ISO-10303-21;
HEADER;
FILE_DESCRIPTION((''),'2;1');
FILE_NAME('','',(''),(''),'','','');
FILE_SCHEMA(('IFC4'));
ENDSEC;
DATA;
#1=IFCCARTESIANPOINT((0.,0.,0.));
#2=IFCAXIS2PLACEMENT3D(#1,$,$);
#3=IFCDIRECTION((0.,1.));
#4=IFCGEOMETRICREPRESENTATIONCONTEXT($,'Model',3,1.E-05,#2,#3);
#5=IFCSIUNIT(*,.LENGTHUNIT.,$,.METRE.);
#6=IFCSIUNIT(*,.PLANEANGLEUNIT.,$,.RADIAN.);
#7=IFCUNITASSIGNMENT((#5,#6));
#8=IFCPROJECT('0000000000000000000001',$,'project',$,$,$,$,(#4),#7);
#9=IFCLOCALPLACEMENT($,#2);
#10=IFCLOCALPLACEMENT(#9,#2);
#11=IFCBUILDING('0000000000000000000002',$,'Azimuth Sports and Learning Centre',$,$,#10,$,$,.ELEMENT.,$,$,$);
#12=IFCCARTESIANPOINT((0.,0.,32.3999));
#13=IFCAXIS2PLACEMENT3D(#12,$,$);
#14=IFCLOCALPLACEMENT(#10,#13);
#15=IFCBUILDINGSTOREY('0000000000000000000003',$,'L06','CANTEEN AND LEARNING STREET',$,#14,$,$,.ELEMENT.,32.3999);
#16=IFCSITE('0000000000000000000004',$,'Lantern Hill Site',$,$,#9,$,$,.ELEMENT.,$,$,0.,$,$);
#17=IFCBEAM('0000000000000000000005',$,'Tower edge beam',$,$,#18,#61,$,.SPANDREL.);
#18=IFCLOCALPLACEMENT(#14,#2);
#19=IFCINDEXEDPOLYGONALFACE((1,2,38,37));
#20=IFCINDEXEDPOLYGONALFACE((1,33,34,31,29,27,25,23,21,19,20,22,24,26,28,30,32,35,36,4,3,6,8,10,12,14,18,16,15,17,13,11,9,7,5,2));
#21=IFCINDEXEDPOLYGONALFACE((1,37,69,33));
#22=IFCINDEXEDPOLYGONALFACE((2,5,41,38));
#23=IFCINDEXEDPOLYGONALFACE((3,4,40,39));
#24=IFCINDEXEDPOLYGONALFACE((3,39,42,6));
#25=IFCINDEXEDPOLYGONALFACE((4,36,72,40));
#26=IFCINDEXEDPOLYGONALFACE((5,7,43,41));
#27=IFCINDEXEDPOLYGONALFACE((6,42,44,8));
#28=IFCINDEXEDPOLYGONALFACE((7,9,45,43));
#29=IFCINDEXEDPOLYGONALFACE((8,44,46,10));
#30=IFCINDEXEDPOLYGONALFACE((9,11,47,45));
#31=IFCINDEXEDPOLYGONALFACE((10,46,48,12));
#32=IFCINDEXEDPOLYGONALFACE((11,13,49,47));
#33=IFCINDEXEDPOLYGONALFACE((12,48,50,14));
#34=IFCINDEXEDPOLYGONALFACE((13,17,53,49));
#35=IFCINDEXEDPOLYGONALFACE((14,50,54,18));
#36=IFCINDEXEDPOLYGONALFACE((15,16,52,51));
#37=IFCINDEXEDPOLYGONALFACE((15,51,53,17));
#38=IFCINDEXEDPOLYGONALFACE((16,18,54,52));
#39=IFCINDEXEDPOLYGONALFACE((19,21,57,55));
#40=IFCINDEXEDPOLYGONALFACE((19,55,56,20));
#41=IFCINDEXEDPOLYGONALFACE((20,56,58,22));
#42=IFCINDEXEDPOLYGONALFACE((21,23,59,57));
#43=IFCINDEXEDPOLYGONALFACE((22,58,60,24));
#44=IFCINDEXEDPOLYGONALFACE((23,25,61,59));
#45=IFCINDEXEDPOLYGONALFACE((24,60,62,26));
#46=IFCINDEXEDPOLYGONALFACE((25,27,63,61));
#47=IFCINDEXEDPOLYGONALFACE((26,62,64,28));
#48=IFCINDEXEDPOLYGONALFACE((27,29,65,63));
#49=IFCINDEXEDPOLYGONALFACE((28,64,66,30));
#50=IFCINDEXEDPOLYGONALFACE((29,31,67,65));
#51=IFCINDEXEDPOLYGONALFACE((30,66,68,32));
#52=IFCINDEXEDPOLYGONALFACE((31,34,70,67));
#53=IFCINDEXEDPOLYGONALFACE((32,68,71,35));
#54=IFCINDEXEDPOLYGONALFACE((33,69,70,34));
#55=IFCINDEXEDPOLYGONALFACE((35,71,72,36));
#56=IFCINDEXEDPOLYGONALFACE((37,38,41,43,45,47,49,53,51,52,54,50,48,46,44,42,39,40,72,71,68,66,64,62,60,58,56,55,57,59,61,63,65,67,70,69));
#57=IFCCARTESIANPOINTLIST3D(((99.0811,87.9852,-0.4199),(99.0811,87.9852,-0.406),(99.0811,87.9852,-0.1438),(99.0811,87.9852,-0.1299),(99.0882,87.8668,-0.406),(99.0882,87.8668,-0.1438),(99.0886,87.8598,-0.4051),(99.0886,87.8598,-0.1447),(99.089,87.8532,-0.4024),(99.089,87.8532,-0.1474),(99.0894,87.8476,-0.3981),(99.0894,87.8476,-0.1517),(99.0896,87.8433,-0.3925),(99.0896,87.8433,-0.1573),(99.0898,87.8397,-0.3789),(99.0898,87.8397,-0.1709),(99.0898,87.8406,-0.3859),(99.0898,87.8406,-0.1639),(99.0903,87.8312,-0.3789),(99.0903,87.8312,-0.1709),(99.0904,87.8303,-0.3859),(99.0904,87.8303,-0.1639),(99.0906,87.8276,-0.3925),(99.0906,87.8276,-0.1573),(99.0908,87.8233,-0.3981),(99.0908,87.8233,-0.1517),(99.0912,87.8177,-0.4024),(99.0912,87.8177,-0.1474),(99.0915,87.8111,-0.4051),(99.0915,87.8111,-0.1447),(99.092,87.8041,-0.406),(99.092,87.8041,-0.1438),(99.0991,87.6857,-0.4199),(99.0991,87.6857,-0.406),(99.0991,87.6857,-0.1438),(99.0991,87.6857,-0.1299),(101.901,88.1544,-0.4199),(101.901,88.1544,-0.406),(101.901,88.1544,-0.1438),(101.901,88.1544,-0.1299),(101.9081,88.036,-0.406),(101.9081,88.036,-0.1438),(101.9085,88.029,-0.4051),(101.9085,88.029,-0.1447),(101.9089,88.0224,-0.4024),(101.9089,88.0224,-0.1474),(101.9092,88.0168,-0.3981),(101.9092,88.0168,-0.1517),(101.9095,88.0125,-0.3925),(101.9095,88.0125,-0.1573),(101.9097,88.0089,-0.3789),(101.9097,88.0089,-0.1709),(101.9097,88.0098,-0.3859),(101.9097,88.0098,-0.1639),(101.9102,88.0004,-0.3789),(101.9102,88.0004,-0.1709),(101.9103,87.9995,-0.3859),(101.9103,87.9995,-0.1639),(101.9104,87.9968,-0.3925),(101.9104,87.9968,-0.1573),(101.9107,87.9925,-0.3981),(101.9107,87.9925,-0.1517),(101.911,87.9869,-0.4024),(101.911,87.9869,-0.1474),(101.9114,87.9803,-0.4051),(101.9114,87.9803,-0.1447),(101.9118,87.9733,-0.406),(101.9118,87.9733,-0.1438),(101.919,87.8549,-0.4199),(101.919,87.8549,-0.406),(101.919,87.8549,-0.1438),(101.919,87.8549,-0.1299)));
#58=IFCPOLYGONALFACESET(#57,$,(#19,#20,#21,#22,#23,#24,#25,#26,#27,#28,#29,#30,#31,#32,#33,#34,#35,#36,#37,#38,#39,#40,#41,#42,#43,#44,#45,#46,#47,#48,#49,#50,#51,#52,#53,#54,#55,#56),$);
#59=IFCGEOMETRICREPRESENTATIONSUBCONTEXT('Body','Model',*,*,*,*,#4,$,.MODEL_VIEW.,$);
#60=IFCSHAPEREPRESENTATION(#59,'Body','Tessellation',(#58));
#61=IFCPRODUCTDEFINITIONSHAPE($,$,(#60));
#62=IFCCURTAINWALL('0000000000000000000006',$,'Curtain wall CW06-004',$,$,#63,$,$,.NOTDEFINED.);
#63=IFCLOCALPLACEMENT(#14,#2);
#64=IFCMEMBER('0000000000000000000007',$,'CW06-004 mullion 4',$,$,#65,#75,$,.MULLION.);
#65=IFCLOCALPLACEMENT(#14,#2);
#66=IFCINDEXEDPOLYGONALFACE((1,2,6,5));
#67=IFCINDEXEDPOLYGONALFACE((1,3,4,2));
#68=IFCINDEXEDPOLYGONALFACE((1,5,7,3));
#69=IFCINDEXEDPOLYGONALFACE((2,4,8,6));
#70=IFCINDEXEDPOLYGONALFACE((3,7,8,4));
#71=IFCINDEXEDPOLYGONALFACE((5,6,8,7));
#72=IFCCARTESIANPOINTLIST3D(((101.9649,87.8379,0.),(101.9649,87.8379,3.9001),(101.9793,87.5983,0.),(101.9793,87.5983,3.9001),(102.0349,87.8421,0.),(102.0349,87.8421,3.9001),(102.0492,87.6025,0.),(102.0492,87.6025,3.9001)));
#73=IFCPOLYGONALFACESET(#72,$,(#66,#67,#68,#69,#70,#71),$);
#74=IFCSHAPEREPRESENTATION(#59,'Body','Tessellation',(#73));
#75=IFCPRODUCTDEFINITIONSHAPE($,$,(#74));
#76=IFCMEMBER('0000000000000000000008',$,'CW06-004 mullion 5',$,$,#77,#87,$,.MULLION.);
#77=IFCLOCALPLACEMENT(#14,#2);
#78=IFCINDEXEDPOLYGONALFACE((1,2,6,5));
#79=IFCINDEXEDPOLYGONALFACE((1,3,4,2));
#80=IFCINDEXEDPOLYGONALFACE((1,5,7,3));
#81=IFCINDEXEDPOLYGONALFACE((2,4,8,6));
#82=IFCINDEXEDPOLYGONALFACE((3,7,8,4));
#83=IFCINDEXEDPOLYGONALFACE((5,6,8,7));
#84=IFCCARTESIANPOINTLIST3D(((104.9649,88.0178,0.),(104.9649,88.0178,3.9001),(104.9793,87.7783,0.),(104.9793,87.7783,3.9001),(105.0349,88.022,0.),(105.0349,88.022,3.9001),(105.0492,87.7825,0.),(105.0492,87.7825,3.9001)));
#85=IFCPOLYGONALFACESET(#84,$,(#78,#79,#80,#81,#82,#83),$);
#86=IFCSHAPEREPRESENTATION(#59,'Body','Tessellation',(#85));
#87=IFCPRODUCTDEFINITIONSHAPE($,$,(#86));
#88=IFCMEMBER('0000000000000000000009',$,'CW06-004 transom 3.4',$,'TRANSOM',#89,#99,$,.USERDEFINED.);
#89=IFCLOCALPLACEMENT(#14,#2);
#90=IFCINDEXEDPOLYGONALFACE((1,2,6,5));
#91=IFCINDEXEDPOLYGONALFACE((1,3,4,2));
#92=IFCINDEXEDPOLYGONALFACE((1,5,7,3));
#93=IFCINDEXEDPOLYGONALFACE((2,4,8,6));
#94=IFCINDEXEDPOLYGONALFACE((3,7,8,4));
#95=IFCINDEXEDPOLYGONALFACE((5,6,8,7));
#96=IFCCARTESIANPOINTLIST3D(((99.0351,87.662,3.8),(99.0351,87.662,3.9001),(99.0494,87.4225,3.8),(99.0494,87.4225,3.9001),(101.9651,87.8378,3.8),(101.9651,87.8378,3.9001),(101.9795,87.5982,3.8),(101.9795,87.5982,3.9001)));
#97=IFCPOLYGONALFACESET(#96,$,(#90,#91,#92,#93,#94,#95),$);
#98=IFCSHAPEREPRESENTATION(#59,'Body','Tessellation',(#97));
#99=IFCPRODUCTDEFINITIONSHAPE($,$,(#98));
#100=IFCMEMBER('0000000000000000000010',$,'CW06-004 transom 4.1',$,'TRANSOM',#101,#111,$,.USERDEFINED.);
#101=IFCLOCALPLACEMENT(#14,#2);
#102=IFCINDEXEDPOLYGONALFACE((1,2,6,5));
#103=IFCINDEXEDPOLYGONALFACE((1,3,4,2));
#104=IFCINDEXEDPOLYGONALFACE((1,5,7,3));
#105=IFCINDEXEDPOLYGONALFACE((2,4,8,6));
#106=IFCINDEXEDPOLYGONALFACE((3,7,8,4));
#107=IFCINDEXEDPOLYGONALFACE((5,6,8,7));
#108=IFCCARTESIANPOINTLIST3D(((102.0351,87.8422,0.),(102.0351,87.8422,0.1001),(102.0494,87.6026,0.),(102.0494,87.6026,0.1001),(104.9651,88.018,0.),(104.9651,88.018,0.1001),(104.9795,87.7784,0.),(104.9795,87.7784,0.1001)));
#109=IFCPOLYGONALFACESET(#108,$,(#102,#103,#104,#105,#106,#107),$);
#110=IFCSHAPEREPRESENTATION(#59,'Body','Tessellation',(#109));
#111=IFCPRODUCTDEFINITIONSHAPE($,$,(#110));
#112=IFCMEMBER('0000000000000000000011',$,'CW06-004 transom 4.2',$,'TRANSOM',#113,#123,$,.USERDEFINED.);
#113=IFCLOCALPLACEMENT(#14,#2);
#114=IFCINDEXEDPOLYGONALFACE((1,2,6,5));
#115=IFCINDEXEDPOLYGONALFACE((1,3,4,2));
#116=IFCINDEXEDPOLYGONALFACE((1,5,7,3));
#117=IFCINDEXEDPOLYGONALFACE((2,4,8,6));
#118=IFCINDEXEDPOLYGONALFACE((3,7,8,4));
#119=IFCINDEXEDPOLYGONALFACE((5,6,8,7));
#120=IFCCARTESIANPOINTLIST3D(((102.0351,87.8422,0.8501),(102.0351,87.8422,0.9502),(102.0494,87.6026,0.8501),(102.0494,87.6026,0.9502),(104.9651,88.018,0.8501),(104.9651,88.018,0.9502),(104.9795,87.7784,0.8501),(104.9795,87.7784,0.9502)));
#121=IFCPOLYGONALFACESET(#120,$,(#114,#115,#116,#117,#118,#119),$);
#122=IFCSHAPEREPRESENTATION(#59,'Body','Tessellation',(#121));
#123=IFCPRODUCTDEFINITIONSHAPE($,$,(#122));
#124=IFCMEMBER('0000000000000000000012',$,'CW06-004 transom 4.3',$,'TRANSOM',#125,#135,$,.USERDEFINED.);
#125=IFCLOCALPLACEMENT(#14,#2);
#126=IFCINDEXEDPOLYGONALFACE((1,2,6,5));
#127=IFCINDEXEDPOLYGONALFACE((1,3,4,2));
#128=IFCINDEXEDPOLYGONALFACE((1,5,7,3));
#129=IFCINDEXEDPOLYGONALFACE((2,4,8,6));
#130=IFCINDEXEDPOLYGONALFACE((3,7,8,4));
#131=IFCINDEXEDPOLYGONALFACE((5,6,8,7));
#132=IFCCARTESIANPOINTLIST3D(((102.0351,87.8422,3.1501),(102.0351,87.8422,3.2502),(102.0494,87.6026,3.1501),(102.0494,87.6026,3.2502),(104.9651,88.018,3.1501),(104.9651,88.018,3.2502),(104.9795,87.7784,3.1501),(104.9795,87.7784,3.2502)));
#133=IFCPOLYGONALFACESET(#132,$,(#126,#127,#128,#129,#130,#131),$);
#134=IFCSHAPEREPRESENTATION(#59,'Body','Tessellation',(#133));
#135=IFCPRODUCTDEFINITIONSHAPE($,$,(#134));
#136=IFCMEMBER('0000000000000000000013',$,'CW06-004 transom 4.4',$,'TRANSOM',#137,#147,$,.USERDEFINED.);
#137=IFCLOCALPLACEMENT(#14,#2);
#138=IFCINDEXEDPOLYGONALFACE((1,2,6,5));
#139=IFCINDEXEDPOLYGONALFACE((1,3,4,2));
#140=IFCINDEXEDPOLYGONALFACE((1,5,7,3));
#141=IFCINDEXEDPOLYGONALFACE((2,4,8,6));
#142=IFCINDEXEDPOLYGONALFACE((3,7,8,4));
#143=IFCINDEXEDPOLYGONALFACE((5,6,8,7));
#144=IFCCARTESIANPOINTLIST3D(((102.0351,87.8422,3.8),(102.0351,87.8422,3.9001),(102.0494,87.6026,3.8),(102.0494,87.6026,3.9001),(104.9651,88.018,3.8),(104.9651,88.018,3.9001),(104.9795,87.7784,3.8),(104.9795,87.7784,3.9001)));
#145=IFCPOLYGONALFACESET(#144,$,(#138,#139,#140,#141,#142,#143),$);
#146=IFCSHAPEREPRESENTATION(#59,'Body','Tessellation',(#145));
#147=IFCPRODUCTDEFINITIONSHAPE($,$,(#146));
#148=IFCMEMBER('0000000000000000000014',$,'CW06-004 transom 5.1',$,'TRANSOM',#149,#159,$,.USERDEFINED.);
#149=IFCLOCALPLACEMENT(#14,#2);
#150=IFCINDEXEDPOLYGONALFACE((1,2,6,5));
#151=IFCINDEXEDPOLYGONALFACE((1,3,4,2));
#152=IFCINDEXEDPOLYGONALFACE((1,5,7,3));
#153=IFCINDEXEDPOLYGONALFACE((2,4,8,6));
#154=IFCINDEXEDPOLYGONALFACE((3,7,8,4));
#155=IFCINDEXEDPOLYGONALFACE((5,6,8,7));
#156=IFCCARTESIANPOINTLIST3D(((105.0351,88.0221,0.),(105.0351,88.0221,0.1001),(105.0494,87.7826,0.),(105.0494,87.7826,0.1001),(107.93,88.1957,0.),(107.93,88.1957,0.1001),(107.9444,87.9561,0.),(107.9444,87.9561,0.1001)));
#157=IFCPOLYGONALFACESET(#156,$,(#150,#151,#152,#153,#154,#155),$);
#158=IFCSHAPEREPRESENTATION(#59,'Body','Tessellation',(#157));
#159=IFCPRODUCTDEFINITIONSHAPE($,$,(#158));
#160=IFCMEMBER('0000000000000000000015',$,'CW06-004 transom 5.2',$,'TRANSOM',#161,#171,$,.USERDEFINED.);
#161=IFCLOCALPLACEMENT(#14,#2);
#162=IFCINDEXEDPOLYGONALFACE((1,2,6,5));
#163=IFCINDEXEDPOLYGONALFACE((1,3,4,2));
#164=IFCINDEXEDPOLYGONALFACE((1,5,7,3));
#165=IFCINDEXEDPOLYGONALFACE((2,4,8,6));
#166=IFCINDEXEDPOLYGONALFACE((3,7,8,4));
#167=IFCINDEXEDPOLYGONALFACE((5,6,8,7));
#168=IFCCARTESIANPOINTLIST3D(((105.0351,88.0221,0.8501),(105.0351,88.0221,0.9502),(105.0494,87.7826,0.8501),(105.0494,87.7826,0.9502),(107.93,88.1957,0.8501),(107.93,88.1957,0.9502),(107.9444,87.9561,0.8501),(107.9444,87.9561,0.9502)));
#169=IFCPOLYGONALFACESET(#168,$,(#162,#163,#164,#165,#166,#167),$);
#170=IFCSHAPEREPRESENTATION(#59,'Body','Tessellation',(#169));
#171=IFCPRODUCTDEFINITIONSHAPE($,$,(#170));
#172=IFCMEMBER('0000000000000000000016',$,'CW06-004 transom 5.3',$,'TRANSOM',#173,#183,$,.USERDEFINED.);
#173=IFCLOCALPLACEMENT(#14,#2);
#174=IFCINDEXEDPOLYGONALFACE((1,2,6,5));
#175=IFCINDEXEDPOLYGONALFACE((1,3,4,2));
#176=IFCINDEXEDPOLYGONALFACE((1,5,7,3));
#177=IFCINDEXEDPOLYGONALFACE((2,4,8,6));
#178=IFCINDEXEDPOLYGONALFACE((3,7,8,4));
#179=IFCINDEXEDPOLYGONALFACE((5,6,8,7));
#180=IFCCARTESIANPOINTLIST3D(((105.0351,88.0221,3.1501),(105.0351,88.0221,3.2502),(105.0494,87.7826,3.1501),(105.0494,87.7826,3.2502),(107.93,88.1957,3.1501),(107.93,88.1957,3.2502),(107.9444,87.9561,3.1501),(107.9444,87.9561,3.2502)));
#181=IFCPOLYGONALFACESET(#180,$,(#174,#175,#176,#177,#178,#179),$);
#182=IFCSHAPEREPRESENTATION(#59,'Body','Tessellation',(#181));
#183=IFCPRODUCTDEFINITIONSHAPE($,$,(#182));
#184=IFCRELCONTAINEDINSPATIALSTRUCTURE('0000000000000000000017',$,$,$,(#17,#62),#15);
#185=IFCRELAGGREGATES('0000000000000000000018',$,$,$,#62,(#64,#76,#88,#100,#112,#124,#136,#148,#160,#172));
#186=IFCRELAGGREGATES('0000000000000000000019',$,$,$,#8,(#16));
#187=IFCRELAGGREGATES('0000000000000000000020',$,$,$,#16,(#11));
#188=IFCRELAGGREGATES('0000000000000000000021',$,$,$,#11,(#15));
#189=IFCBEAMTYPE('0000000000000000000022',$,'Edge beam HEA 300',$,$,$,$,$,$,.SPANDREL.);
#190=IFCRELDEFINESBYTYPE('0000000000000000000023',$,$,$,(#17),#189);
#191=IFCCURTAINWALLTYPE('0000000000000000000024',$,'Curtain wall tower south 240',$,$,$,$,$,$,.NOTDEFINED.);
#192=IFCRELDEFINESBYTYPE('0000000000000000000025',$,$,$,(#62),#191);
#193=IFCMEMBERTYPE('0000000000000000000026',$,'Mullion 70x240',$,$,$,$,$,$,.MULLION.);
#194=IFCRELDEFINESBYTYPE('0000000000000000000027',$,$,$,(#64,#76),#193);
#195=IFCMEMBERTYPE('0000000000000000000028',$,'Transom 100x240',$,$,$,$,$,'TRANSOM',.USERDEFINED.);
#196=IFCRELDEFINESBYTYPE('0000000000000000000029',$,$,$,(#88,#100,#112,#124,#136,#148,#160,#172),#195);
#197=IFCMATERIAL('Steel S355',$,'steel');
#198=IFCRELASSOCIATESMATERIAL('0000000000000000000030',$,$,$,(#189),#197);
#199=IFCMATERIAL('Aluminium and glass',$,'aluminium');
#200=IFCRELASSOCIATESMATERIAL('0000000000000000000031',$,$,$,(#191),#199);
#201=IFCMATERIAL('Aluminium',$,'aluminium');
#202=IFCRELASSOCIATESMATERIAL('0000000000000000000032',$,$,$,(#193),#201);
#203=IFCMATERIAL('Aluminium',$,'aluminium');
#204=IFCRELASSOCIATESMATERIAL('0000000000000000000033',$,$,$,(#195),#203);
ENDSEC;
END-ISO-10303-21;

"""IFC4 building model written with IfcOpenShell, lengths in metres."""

from ifc_helpers import new_model, si_unit, direction, frame, origin, origin_2d, place, context, subcontext, project, spatial, rectangle, i_section, extrude, material, material_profile, profile_set, type_object, element, aggregate, save


model = new_model("IFC4")

# Units and contexts
model_context = context("Model", 3, precision=1e-05, world=origin(), true_north=direction((0.0, 1.0)))
body_context = subcontext(model_context, "Body", "Model", "MODEL_VIEW")
ifc_project = project(units=[si_unit("LENGTHUNIT", "METRE"), si_unit("PLANEANGLEUNIT", "RADIAN")], contexts=[model_context])

# Site, building, storey
site_placement = place(None, origin())
site = spatial("IfcSite", under=ifc_project, at=site_placement, Name="Lantern Hill Site", CompositionType="ELEMENT", RefElevation=0.0)
building_placement = place(site_placement, origin())
building = spatial("IfcBuilding", under=site, at=building_placement, Name="Azimuth Sports and Learning Centre", CompositionType="ELEMENT")
storey_placement = place(building_placement, frame((0.0, 0.0, 32.3999)))
storey = spatial("IfcBuildingStorey", under=building, at=storey_placement, Name="L06", Description="CANTEEN AND LEARNING STREET", CompositionType="ELEMENT", Elevation=32.3999)

# Beam
ifc_material_1 = material(Name="Steel S355", Category="steel")
ifc_material_profile_1 = material_profile(ifc_material_1, i_section(OverallWidth=0.3, OverallDepth=0.29, WebThickness=0.0085, FlangeThickness=0.0139, FilletRadius=0.0271, at=origin_2d()), Name="HEA 300")
ifc_profile_set_1 = profile_set([ifc_material_profile_1], Name="Steel S355")
beam_type = type_object("IfcBeamType", Name="Edge beam HEA 300", PredefinedType="SPANDREL", material=ifc_profile_set_1)
beam_placement = place(storey_placement, frame((99.0901, 87.8354, -0.2749), z_axis=(0.998205, 0.059892, 0.0), x_axis=(-0.059892, 0.998205, 0.0)))
element("IfcBeam", 1, at=beam_placement, inside=storey, type_object=beam_type, Name="Tower edge beam", PredefinedType="SPANDREL", context=body_context, shape_type="SweptSolid", body=[
    extrude(i_section(OverallWidth=0.3, OverallDepth=0.29, WebThickness=0.0085, FlangeThickness=0.0139, FilletRadius=0.0271, at=origin_2d()), origin(), (0.0, 0.0, 1.0), 2.825),
])

# Curtain wall, members
ifc_material_2 = material(Name="Aluminium and glass", Category="aluminium")
curtain_wall_type = type_object("IfcCurtainWallType", Name="Curtain wall tower south 240", PredefinedType="NOTDEFINED", material=ifc_material_2)
curtain_wall_placement = place(storey_placement, origin())
curtain_wall = element("IfcCurtainWall", 2, at=curtain_wall_placement, inside=storey, type_object=curtain_wall_type, Name="Curtain wall CW06-004", PredefinedType="NOTDEFINED")
ifc_material_3 = material(Name="Aluminium", Category="aluminium")
ifc_material_profile_2 = material_profile(ifc_material_3, rectangle(XDim=0.24, YDim=0.0701, at=origin_2d()), Name="Mullion 70x240")
ifc_profile_set_2 = profile_set([ifc_material_profile_2], Name="Aluminium")
member_type_1 = type_object("IfcMemberType", Name="Mullion 70x240", PredefinedType="MULLION", material=ifc_profile_set_2)
member_1_placement = place(storey_placement, frame((102.0071, 87.7202, 0.0), z_axis=(0.0, 0.0, 1.0), x_axis=(-0.059892, 0.998205, 0.0)))
member_1 = element("IfcMember", 3, at=member_1_placement, type_object=member_type_1, Name="CW06-004 mullion 4", PredefinedType="MULLION", context=body_context, shape_type="SweptSolid", body=[
    extrude(rectangle(XDim=0.24, YDim=0.0701, at=origin_2d()), origin(), (0.0, 0.0, 1.0), 3.9001),
])
member_2_placement = place(storey_placement, frame((105.0071, 87.9001, 0.0), z_axis=(0.0, 0.0, 1.0), x_axis=(-0.059892, 0.998205, 0.0)))
member_2 = element("IfcMember", 4, at=member_2_placement, type_object=member_type_1, Name="CW06-004 mullion 5", PredefinedType="MULLION", context=body_context, shape_type="SweptSolid", body=[
    extrude(rectangle(XDim=0.24, YDim=0.0701, at=origin_2d()), origin(), (0.0, 0.0, 1.0), 3.9001),
])
ifc_material_4 = material(Name="Aluminium", Category="aluminium")
ifc_material_profile_3 = material_profile(ifc_material_4, rectangle(XDim=0.24, YDim=0.1001, at=origin_2d()), Name="Transom 100x240")
ifc_profile_set_3 = profile_set([ifc_material_profile_3], Name="Aluminium")
member_type_2 = type_object("IfcMemberType", Name="Transom 100x240", ElementType="TRANSOM", PredefinedType="USERDEFINED", material=ifc_profile_set_3)
member_3_placement = place(storey_placement, frame((99.0422, 87.5422, 3.8501), z_axis=(0.998205, 0.059887, 0.0), x_axis=(-0.059887, 0.998205, 0.0)))
member_3 = element("IfcMember", 5, at=member_3_placement, type_object=member_type_2, Name="CW06-004 transom 3.4", ObjectType="TRANSOM", PredefinedType="USERDEFINED", context=body_context, shape_type="SweptSolid", body=[
    extrude(rectangle(XDim=0.24, YDim=0.1001, at=origin_2d()), origin(), (0.0, 0.0, 1.0), 2.9353),
])
member_4_placement = place(storey_placement, frame((102.0422, 87.7224, 0.05), z_axis=(0.998205, 0.059887, 0.0), x_axis=(-0.059887, 0.998205, 0.0)))
member_4 = element("IfcMember", 6, at=member_4_placement, type_object=member_type_2, Name="CW06-004 transom 4.1", ObjectType="TRANSOM", PredefinedType="USERDEFINED", context=body_context, shape_type="SweptSolid", body=[
    extrude(rectangle(XDim=0.24, YDim=0.1001, at=origin_2d()), origin(), (0.0, 0.0, 1.0), 2.9353),
])
member_5_placement = place(storey_placement, frame((102.0422, 87.7224, 0.9001), z_axis=(0.998205, 0.059887, 0.0), x_axis=(-0.059887, 0.998205, 0.0)))
member_5 = element("IfcMember", 7, at=member_5_placement, type_object=member_type_2, Name="CW06-004 transom 4.2", ObjectType="TRANSOM", PredefinedType="USERDEFINED", context=body_context, shape_type="SweptSolid", body=[
    extrude(rectangle(XDim=0.24, YDim=0.1001, at=origin_2d()), origin(), (0.0, 0.0, 1.0), 2.9353),
])
member_6_placement = place(storey_placement, frame((102.0422, 87.7224, 3.2002), z_axis=(0.998205, 0.059887, 0.0), x_axis=(-0.059887, 0.998205, 0.0)))
member_6 = element("IfcMember", 8, at=member_6_placement, type_object=member_type_2, Name="CW06-004 transom 4.3", ObjectType="TRANSOM", PredefinedType="USERDEFINED", context=body_context, shape_type="SweptSolid", body=[
    extrude(rectangle(XDim=0.24, YDim=0.1001, at=origin_2d()), origin(), (0.0, 0.0, 1.0), 2.9353),
])
member_7_placement = place(storey_placement, frame((102.0422, 87.7224, 3.8501), z_axis=(0.998205, 0.059887, 0.0), x_axis=(-0.059887, 0.998205, 0.0)))
member_7 = element("IfcMember", 9, at=member_7_placement, type_object=member_type_2, Name="CW06-004 transom 4.4", ObjectType="TRANSOM", PredefinedType="USERDEFINED", context=body_context, shape_type="SweptSolid", body=[
    extrude(rectangle(XDim=0.24, YDim=0.1001, at=origin_2d()), origin(), (0.0, 0.0, 1.0), 2.9353),
])
member_8_placement = place(storey_placement, frame((105.0422, 87.9023, 0.05), z_axis=(0.998207, 0.059852, 0.0), x_axis=(-0.059852, 0.998207, 0.0)))
member_8 = element("IfcMember", 10, at=member_8_placement, type_object=member_type_2, Name="CW06-004 transom 5.1", ObjectType="TRANSOM", PredefinedType="USERDEFINED", context=body_context, shape_type="SweptSolid", body=[
    extrude(rectangle(XDim=0.24, YDim=0.1001, at=origin_2d()), origin(), (0.0, 0.0, 1.0), 2.9001),
])
member_9_placement = place(storey_placement, frame((105.0422, 87.9023, 0.9001), z_axis=(0.998207, 0.059852, 0.0), x_axis=(-0.059852, 0.998207, 0.0)))
member_9 = element("IfcMember", 11, at=member_9_placement, type_object=member_type_2, Name="CW06-004 transom 5.2", ObjectType="TRANSOM", PredefinedType="USERDEFINED", context=body_context, shape_type="SweptSolid", body=[
    extrude(rectangle(XDim=0.24, YDim=0.1001, at=origin_2d()), origin(), (0.0, 0.0, 1.0), 2.9001),
])
member_10_placement = place(storey_placement, frame((105.0422, 87.9023, 3.2002), z_axis=(0.998207, 0.059852, 0.0), x_axis=(-0.059852, 0.998207, 0.0)))
member_10 = element("IfcMember", 12, at=member_10_placement, type_object=member_type_2, Name="CW06-004 transom 5.3", ObjectType="TRANSOM", PredefinedType="USERDEFINED", context=body_context, shape_type="SweptSolid", body=[
    extrude(rectangle(XDim=0.24, YDim=0.1001, at=origin_2d()), origin(), (0.0, 0.0, 1.0), 2.9001),
])
aggregate(curtain_wall, [member_1, member_2, member_3, member_4, member_5, member_6, member_7, member_8, member_9, member_10])

save(model, "model.ifc")
